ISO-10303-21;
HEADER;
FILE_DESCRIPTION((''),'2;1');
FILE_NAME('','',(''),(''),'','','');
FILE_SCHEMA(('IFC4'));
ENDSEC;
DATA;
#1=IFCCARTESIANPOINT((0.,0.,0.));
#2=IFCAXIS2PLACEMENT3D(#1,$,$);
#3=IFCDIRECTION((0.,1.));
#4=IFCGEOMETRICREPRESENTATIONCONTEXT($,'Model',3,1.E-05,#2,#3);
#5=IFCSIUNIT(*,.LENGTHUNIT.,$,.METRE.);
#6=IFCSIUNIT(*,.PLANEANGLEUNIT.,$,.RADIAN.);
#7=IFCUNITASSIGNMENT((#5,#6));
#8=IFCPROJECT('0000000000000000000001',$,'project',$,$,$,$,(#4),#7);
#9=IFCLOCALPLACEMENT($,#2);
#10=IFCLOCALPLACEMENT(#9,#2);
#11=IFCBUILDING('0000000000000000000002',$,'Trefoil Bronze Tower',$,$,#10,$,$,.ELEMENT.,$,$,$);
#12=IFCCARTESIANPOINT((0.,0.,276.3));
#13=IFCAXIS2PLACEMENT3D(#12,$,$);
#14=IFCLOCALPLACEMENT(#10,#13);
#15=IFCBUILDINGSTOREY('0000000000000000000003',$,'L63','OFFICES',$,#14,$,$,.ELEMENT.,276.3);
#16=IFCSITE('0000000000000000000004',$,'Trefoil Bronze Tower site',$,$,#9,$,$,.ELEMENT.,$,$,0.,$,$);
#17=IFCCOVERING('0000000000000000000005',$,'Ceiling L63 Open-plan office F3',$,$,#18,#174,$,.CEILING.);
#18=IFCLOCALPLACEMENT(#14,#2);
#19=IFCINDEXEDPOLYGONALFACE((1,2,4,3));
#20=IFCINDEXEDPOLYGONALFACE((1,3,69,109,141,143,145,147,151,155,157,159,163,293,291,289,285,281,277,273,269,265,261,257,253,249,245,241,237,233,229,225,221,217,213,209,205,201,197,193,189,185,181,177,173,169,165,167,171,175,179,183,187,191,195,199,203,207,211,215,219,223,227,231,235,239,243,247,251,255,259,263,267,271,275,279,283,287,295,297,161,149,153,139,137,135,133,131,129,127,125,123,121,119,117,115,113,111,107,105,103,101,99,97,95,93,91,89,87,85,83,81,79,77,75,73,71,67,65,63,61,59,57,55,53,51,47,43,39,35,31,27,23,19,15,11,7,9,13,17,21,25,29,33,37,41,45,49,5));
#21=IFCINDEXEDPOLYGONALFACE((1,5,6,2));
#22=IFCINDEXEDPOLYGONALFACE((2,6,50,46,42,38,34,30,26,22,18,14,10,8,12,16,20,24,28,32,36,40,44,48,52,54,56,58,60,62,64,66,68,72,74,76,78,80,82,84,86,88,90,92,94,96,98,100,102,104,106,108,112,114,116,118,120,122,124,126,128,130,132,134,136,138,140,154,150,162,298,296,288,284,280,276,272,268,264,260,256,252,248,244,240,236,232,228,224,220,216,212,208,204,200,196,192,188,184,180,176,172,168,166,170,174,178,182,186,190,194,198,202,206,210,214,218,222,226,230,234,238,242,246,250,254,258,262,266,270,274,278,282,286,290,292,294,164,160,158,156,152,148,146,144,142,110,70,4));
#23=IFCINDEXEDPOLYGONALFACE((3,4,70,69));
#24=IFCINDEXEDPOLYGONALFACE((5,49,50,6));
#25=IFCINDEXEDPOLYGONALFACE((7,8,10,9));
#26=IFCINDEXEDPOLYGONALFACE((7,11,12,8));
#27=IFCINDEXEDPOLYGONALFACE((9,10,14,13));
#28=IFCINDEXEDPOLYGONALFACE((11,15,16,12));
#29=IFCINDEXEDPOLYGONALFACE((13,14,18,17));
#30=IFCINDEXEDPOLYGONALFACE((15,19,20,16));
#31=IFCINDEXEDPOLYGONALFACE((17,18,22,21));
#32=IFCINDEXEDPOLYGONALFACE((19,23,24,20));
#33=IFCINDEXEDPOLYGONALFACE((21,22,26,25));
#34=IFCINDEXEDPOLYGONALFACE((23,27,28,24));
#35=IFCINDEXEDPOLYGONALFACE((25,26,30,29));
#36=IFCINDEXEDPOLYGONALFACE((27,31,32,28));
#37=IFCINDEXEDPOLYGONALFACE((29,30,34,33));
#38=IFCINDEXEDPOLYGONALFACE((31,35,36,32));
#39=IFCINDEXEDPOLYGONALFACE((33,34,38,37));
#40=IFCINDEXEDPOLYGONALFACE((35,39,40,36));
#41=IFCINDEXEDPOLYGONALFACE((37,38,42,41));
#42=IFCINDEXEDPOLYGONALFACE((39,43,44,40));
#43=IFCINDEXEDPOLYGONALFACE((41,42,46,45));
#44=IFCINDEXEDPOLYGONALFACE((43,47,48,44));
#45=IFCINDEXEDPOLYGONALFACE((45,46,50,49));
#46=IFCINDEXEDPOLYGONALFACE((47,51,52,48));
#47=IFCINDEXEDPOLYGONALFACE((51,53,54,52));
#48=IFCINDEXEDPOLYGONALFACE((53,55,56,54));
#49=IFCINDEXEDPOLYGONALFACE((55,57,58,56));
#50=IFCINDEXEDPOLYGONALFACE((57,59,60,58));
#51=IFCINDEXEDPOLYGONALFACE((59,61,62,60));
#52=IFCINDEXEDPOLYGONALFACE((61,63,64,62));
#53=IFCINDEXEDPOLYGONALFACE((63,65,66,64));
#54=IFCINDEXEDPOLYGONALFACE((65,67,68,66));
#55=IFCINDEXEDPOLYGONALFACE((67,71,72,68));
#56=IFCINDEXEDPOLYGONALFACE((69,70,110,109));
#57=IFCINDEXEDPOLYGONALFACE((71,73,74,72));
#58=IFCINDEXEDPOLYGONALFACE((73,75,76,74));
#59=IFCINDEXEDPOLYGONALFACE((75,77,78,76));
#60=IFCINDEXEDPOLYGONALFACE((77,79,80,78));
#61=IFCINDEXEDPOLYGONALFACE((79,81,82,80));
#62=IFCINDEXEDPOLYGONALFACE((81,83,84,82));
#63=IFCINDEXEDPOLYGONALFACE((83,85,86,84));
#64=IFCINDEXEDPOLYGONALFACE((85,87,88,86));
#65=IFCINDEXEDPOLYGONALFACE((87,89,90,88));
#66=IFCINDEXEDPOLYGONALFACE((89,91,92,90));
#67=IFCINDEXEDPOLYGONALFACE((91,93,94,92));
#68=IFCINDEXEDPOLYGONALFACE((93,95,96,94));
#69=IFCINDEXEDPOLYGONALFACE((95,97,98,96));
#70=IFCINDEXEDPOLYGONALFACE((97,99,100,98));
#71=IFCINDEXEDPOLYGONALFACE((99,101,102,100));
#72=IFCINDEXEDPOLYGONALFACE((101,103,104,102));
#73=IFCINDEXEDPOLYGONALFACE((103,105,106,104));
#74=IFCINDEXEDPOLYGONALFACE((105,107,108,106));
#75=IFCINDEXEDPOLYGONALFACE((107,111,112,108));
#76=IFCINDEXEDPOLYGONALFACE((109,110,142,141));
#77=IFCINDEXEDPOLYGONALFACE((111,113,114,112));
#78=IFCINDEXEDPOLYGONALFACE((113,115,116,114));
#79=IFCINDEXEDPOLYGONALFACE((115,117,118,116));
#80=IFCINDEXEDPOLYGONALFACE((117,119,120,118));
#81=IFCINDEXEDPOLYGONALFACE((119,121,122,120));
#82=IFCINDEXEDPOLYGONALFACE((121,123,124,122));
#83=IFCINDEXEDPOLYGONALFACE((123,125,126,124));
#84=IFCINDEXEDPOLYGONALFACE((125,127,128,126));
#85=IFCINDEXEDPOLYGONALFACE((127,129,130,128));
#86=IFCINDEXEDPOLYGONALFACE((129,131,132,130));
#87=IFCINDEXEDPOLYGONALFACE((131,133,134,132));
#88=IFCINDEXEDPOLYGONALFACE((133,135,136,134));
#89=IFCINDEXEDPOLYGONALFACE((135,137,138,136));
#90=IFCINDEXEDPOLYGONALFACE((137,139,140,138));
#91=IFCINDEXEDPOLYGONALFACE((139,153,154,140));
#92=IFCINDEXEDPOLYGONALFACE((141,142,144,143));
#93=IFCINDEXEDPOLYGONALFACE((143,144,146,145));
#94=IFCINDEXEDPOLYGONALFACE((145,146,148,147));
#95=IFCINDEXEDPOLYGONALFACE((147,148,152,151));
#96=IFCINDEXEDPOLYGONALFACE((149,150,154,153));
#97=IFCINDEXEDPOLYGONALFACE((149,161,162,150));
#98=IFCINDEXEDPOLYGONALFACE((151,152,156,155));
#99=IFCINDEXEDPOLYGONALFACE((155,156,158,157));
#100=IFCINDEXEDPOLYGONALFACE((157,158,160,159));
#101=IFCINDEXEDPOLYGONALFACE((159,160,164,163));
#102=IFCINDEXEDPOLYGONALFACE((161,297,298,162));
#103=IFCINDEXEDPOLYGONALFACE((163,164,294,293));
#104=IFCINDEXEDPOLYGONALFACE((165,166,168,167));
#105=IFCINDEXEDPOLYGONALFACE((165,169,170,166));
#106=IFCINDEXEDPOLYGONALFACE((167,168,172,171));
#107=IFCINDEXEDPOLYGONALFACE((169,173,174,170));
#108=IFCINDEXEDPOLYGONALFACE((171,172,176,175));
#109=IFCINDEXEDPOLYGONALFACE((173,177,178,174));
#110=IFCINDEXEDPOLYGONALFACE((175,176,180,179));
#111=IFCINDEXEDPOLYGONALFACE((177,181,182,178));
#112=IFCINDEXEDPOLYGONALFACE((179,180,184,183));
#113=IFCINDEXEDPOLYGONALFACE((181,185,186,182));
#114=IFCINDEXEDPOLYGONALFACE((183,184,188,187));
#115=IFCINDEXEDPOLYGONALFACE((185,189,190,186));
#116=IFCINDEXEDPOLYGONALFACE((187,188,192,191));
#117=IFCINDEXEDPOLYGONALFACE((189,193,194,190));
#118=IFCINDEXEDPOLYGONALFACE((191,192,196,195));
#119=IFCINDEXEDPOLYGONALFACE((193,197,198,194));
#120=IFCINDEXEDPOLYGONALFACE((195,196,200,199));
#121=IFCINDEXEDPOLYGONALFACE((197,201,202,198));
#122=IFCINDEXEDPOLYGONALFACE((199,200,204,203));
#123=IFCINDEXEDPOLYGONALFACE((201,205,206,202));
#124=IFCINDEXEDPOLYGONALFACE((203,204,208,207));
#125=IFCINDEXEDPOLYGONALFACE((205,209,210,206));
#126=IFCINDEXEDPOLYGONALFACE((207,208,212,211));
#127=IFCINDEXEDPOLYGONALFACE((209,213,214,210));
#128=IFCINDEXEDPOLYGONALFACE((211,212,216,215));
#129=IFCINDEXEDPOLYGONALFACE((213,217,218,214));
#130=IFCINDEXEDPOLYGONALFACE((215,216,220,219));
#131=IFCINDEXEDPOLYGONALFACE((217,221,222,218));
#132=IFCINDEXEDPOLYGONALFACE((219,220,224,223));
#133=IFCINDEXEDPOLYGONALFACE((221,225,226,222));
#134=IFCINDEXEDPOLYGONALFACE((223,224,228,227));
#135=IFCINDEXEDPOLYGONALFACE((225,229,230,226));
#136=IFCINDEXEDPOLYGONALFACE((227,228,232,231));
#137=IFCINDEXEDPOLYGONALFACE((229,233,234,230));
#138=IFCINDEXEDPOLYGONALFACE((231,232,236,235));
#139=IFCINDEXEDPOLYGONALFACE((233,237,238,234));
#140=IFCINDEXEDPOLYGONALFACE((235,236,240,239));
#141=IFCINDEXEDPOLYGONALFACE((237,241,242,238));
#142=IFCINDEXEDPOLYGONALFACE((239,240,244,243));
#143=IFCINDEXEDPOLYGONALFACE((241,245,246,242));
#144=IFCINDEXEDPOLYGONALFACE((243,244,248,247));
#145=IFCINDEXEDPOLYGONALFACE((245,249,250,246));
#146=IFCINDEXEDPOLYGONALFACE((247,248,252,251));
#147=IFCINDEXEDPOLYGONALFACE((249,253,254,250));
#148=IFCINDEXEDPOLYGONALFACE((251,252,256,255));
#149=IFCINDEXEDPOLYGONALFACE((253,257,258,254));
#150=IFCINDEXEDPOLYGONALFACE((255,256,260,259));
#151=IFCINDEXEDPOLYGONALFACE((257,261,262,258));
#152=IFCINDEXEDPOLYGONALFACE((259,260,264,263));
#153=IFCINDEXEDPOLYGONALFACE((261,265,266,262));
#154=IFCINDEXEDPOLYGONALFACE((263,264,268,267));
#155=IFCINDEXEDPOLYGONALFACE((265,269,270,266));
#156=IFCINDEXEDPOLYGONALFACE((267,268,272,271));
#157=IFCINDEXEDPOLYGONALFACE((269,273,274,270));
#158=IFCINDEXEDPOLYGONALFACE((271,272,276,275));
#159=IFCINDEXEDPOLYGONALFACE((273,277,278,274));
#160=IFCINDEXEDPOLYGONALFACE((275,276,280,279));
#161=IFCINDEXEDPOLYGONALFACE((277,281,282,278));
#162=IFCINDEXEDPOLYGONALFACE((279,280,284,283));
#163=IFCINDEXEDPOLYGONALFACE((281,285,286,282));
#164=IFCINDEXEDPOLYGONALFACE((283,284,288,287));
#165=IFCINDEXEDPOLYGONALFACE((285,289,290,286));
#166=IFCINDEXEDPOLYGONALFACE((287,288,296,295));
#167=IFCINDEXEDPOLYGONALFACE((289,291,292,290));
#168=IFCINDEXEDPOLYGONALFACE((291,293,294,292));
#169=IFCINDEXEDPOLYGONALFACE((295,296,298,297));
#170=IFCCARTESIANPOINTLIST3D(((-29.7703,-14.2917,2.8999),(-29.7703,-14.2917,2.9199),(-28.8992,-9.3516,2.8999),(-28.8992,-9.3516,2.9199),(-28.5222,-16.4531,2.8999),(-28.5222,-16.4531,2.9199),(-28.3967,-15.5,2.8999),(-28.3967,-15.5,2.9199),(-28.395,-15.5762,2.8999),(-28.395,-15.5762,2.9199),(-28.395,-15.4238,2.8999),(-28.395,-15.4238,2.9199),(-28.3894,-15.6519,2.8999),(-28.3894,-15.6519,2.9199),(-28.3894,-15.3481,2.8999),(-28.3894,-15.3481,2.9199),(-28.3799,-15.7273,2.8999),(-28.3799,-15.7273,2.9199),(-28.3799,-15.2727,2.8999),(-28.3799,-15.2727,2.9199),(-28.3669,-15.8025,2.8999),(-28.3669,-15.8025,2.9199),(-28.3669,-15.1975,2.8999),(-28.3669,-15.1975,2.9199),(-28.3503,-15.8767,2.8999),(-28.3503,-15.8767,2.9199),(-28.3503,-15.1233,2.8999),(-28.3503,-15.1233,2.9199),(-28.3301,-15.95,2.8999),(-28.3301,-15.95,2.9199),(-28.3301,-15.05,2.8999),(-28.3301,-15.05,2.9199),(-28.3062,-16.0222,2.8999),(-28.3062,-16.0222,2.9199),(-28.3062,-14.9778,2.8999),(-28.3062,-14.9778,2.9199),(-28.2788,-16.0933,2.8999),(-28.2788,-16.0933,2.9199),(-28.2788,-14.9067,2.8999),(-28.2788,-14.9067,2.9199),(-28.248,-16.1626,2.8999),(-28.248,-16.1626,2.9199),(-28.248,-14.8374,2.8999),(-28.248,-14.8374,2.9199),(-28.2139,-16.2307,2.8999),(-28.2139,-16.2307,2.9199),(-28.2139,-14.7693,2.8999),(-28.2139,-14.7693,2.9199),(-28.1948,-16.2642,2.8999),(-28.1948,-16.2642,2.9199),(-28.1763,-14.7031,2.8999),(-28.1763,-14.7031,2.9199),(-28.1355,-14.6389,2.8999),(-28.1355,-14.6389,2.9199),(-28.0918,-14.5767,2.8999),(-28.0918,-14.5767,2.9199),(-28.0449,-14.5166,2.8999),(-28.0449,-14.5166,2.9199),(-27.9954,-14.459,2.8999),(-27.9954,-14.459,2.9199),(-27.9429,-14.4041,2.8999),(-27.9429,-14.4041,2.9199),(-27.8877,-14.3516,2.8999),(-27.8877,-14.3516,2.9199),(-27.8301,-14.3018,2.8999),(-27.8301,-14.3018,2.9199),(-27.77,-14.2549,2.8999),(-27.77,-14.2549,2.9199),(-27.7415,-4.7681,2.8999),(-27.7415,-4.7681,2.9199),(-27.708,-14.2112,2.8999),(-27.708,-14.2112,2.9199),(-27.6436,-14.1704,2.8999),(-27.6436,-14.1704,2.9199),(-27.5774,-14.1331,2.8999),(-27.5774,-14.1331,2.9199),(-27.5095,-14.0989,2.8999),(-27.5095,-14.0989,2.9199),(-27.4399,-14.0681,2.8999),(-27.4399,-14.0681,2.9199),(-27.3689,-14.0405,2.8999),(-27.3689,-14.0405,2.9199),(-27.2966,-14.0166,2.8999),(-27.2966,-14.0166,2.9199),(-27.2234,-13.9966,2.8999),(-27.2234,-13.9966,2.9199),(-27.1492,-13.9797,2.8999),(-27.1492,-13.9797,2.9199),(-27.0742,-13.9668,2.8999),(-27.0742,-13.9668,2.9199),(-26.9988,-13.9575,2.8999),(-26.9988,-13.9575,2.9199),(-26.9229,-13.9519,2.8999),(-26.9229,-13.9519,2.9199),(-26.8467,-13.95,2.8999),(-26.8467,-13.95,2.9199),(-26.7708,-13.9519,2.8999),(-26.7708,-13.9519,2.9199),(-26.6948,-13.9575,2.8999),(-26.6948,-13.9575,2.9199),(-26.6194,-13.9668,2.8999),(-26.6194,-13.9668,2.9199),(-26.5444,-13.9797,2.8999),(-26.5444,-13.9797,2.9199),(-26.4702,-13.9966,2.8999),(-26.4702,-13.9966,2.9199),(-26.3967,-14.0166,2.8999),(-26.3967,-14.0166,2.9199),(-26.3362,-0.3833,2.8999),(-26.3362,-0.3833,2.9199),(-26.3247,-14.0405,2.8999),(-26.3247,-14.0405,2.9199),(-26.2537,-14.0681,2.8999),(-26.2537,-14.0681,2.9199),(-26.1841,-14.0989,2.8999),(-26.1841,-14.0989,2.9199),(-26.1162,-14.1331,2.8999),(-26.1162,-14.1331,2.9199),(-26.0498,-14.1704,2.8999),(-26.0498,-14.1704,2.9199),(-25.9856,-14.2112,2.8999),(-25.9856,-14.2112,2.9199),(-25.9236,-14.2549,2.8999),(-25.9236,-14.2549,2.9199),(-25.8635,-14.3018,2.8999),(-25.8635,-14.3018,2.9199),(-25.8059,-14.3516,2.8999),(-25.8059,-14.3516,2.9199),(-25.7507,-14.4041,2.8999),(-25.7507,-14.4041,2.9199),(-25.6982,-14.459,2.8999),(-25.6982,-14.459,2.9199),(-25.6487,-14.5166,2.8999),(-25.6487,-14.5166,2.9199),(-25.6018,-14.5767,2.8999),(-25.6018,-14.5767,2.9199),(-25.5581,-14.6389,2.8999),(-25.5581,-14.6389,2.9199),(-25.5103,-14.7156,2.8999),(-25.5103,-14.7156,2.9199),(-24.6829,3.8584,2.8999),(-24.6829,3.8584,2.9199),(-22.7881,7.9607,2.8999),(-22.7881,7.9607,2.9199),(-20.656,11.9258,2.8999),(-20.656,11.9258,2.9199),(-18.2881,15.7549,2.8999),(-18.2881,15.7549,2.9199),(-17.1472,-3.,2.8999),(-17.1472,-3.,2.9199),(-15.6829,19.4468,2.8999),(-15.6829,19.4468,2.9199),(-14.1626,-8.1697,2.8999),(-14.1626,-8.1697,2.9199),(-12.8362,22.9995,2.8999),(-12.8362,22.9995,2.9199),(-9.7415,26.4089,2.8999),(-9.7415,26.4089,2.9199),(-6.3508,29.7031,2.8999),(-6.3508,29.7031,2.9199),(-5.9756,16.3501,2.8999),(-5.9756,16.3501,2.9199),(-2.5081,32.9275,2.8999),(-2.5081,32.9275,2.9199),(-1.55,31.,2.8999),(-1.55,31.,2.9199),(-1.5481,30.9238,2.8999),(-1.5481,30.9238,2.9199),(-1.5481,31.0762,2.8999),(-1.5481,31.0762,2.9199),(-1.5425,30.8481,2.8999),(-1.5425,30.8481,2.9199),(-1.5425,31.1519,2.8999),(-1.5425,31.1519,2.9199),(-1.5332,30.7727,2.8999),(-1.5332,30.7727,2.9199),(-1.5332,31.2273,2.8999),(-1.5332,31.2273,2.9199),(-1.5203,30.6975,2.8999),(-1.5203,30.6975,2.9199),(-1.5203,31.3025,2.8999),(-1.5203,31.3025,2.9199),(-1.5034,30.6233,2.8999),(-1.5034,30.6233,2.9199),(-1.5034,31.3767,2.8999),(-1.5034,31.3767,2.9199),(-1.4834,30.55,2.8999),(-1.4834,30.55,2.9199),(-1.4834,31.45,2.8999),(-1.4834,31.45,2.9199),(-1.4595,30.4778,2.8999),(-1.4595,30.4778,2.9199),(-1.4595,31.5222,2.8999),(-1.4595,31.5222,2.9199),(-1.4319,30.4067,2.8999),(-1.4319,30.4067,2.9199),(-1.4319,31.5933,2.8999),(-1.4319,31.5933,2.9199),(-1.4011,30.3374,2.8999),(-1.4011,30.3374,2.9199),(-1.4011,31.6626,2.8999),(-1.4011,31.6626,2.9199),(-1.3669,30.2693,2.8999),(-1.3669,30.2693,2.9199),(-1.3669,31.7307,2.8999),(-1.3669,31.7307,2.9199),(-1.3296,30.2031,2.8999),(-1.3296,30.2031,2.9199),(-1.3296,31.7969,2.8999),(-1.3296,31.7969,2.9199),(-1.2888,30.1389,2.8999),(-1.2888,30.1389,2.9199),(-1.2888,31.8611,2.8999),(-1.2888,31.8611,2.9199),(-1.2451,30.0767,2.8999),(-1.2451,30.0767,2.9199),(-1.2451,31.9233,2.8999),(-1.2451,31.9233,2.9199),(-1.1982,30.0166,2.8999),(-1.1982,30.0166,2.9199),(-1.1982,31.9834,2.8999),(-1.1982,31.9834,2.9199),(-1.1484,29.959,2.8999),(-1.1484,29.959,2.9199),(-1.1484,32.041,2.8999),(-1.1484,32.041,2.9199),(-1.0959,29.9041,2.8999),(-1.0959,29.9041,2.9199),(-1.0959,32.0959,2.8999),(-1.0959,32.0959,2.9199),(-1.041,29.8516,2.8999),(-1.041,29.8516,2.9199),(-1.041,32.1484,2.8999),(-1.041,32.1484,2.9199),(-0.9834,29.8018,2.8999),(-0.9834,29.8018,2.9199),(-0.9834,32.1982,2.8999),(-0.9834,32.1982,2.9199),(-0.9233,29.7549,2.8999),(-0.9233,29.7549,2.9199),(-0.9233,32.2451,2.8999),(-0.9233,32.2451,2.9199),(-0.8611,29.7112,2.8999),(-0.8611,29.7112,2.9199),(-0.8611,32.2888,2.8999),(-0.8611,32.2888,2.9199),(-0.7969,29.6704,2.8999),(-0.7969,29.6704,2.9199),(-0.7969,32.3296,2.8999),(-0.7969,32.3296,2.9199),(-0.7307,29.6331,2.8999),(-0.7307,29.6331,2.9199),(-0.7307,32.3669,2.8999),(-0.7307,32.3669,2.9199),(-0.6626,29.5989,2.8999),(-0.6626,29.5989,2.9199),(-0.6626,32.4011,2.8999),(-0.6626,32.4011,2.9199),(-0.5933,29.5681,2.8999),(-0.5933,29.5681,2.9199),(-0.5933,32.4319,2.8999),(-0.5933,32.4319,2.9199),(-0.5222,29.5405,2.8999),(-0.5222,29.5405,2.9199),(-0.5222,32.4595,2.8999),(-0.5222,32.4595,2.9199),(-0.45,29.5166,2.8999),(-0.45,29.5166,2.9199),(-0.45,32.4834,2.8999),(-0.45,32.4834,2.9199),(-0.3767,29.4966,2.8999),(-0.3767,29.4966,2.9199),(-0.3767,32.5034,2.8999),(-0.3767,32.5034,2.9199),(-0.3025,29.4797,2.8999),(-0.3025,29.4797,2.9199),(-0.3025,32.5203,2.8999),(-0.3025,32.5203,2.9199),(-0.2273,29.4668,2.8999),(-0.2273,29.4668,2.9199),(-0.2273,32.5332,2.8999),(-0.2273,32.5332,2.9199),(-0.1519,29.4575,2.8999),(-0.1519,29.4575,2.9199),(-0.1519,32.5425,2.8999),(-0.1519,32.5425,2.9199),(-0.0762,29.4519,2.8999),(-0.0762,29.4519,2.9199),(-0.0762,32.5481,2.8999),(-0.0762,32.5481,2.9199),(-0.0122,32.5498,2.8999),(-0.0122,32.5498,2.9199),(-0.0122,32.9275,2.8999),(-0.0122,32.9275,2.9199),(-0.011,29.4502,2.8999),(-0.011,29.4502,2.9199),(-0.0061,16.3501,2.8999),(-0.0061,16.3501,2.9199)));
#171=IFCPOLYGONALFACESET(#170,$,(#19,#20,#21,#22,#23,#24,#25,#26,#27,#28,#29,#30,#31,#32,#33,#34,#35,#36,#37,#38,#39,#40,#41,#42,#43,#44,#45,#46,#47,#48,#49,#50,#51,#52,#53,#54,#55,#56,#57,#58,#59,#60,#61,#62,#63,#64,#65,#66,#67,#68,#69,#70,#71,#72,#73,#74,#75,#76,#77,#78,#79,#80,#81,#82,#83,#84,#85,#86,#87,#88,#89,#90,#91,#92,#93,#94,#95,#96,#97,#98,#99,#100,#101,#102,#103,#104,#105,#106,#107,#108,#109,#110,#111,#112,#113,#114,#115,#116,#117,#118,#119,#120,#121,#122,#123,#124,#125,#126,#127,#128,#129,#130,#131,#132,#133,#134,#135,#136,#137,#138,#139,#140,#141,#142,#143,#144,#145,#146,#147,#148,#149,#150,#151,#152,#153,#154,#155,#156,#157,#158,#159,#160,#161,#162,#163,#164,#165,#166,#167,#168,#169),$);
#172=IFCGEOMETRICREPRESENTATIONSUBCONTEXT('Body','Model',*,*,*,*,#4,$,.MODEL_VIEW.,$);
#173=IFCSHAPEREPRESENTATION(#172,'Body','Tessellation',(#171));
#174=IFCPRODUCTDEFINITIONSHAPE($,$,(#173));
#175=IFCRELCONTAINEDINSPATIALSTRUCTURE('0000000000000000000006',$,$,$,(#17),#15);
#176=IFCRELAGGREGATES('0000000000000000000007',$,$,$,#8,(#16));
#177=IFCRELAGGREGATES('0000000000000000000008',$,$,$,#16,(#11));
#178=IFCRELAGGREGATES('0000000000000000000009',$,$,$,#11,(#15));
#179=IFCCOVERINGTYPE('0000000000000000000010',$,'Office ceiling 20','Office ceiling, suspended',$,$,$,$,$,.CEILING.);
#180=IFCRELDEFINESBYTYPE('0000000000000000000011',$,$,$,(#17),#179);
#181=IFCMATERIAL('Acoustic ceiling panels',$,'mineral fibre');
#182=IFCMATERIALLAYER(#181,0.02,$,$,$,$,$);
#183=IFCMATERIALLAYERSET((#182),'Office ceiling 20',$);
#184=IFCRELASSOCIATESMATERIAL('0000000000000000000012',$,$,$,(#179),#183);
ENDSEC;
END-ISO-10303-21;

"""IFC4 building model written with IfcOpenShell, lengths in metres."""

from ifc_helpers import new_model, si_unit, direction, frame, origin, place, context, subcontext, project, spatial, polyline, outline, extrude, material, layer, layer_set, type_object, element, save


model = new_model("IFC4")

# Units and contexts
model_context = context("Model", 3, precision=1e-05, world=origin(), true_north=direction((0.0, 1.0)))
body_context = subcontext(model_context, "Body", "Model", "MODEL_VIEW")
ifc_project = project(units=[si_unit("LENGTHUNIT", "METRE"), si_unit("PLANEANGLEUNIT", "RADIAN")], contexts=[model_context])

# Site, building, storey
site_placement = place(None, origin())
site = spatial("IfcSite", under=ifc_project, at=site_placement, Name="Trefoil Bronze Tower site", CompositionType="ELEMENT", RefElevation=0.0)
building_placement = place(site_placement, origin())
building = spatial("IfcBuilding", under=site, at=building_placement, Name="Trefoil Bronze Tower", CompositionType="ELEMENT")
storey_placement = place(building_placement, frame((0.0, 0.0, 276.3)))
storey = spatial("IfcBuildingStorey", under=building, at=storey_placement, Name="L63", Description="OFFICES", CompositionType="ELEMENT", Elevation=276.3)

# Covering
ifc_material_1 = material(Name="Acoustic ceiling panels", Category="mineral fibre")
ifc_layer_1 = layer(ifc_material_1, 0.02)
ifc_layer_set_1 = layer_set([ifc_layer_1], Name="Office ceiling 20")
covering_type_1 = type_object("IfcCoveringType", Name="Office ceiling 20", Description="Office ceiling, suspended", PredefinedType="CEILING", material=ifc_layer_set_1)
covering_1_placement = place(storey_placement, frame((0.0, 0.0, 2.8999)))
element("IfcCovering", 1, at=covering_1_placement, inside=storey, type_object=covering_type_1, Name="Ceiling L63 Open-plan office F3", PredefinedType="CEILING", context=body_context, shape_type="SweptSolid", body=[
    extrude(outline(polyline([(-27.7415, -4.7681), (-26.3362, -0.3833), (-24.6829, 3.8584), (-22.7881, 7.9607), (-20.656, 11.9258), (-18.2881, 15.7549), (-15.6829, 19.4468), (-12.8362, 22.9995), (-9.7415, 26.4089), (-6.3508, 29.7031), (-2.5081, 32.9275), (-0.0122, 32.9275), (-0.0122, 32.5498), (-0.0762, 32.5481), (-0.1519, 32.5425), (-0.2273, 32.5332), (-0.3025, 32.5203), (-0.3767, 32.5034), (-0.45, 32.4834), (-0.5222, 32.4595), (-0.5933, 32.4319), (-0.6626, 32.4011), (-0.7307, 32.3669), (-0.7969, 32.3296), (-0.8611, 32.2888), (-0.9233, 32.2451), (-0.9834, 32.1982), (-1.041, 32.1484), (-1.0959, 32.0959), (-1.1484, 32.041), (-1.1982, 31.9834), (-1.2451, 31.9233), (-1.2888, 31.8611), (-1.3296, 31.7969), (-1.3669, 31.7307), (-1.4011, 31.6626), (-1.4319, 31.5933), (-1.4595, 31.5222), (-1.4834, 31.45), (-1.5034, 31.3767), (-1.5203, 31.3025), (-1.5332, 31.2273), (-1.5425, 31.1519), (-1.5481, 31.0762), (-1.55, 31.0), (-1.5481, 30.9238), (-1.5425, 30.8481), (-1.5332, 30.7727), (-1.5203, 30.6975), (-1.5034, 30.6233), (-1.4834, 30.55), (-1.4595, 30.4778), (-1.4319, 30.4067), (-1.4011, 30.3374), (-1.3669, 30.2693), (-1.3296, 30.2031), (-1.2888, 30.1389), (-1.2451, 30.0767), (-1.1982, 30.0166), (-1.1484, 29.959), (-1.0959, 29.9041), (-1.041, 29.8516), (-0.9834, 29.8018), (-0.9233, 29.7549), (-0.8611, 29.7112), (-0.7969, 29.6704), (-0.7307, 29.6331), (-0.6626, 29.5989), (-0.5933, 29.5681), (-0.5222, 29.5405), (-0.45, 29.5166), (-0.3767, 29.4966), (-0.3025, 29.4797), (-0.2273, 29.4668), (-0.1519, 29.4575), (-0.0762, 29.4519), (-0.011, 29.4502), (-0.0061, 16.3501), (-5.9756, 16.3501), (-17.1472, -3.0), (-14.1626, -8.1697), (-25.5103, -14.7156), (-25.5581, -14.6389), (-25.6018, -14.5767), (-25.6487, -14.5166), (-25.6982, -14.459), (-25.7507, -14.4041), (-25.8059, -14.3516), (-25.8635, -14.3018), (-25.9236, -14.2549), (-25.9856, -14.2112), (-26.0498, -14.1704), (-26.1162, -14.1331), (-26.1841, -14.0989), (-26.2537, -14.0681), (-26.3247, -14.0405), (-26.3967, -14.0166), (-26.4702, -13.9966), (-26.5444, -13.9797), (-26.6194, -13.9668), (-26.6948, -13.9575), (-26.7708, -13.9519), (-26.8467, -13.95), (-26.9229, -13.9519), (-26.9988, -13.9575), (-27.0742, -13.9668), (-27.1492, -13.9797), (-27.2234, -13.9966), (-27.2966, -14.0166), (-27.3689, -14.0405), (-27.4399, -14.0681), (-27.5095, -14.0989), (-27.5774, -14.1331), (-27.6436, -14.1704), (-27.708, -14.2112), (-27.77, -14.2549), (-27.8301, -14.3018), (-27.8877, -14.3516), (-27.9429, -14.4041), (-27.9954, -14.459), (-28.0449, -14.5166), (-28.0918, -14.5767), (-28.1355, -14.6389), (-28.1763, -14.7031), (-28.2139, -14.7693), (-28.248, -14.8374), (-28.2788, -14.9067), (-28.3062, -14.9778), (-28.3301, -15.05), (-28.3503, -15.1233), (-28.3669, -15.1975), (-28.3799, -15.2727), (-28.3894, -15.3481), (-28.395, -15.4238), (-28.3967, -15.5), (-28.395, -15.5762), (-28.3894, -15.6519), (-28.3799, -15.7273), (-28.3669, -15.8025), (-28.3503, -15.8767), (-28.3301, -15.95), (-28.3062, -16.0222), (-28.2788, -16.0933), (-28.248, -16.1626), (-28.2139, -16.2307), (-28.1948, -16.2642), (-28.5222, -16.4531), (-29.7703, -14.2917), (-28.8992, -9.3516), (-27.7415, -4.7681)])), origin(), (0.0, 0.0, 1.0), 0.02),
])

save(model, "model.ifc")
